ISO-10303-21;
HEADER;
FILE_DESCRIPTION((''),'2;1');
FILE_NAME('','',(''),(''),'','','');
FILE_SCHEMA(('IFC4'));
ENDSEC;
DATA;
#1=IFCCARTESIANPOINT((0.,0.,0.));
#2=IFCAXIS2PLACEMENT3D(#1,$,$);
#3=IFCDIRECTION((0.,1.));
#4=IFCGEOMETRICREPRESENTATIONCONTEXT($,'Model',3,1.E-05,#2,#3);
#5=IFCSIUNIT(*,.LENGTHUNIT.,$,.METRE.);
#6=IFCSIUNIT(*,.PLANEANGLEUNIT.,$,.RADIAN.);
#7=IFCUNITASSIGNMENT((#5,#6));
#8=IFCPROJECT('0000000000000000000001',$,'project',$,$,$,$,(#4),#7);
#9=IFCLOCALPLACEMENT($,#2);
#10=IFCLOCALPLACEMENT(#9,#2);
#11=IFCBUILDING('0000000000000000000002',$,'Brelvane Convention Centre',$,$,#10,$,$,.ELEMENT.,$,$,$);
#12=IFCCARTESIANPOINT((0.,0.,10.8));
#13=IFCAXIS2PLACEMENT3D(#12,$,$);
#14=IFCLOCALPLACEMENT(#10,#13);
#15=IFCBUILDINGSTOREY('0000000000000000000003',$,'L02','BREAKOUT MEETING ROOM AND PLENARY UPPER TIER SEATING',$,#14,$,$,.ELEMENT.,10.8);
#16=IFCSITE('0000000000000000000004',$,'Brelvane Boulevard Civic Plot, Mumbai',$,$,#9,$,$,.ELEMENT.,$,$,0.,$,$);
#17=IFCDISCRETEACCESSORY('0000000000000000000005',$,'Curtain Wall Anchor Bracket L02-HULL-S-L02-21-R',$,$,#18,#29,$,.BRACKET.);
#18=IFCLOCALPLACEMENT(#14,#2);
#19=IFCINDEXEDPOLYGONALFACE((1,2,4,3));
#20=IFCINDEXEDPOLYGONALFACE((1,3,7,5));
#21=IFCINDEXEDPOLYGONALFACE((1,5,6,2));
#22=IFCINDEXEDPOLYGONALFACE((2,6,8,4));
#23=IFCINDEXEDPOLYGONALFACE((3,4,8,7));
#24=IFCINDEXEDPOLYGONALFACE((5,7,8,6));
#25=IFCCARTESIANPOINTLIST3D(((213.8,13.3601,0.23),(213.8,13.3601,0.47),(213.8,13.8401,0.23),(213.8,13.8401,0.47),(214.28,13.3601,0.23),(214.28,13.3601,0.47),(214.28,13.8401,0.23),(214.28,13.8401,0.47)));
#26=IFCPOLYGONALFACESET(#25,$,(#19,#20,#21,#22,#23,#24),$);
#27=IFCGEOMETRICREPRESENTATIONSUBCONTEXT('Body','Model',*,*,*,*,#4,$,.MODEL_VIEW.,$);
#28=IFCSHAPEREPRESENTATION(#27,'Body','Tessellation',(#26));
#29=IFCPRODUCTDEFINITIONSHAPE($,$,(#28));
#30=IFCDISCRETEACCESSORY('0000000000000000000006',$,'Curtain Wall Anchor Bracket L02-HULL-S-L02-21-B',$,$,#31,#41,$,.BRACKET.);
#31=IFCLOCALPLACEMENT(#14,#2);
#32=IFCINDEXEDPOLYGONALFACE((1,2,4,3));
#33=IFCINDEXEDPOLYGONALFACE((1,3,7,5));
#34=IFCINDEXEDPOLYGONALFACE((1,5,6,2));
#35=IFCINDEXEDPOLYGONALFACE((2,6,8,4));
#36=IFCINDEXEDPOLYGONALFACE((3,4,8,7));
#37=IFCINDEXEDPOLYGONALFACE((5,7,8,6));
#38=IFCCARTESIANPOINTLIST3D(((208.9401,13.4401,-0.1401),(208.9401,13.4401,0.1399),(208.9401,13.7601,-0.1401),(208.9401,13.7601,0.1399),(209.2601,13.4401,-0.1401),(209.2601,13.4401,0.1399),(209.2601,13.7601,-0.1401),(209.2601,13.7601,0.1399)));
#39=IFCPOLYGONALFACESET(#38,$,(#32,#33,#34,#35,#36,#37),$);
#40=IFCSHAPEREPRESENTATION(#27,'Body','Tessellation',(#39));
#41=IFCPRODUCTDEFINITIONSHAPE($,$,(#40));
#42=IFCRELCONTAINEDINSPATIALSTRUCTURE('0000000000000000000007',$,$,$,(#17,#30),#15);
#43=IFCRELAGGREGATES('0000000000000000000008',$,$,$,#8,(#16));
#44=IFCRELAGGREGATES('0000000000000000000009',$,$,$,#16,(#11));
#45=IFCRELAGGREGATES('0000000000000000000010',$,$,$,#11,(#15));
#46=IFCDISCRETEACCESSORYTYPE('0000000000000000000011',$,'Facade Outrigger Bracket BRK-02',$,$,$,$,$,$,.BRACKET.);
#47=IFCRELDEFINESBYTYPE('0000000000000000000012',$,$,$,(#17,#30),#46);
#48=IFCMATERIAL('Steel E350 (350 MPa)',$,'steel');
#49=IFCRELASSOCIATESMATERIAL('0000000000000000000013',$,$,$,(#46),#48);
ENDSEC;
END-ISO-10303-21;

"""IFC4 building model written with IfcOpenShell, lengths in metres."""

from ifc_helpers import new_model, si_unit, direction, frame, origin, origin_2d, place, context, subcontext, project, spatial, rectangle, extrude, material, type_object, element, save


model = new_model("IFC4")

# Units and contexts
model_context = context("Model", 3, precision=1e-05, world=origin(), true_north=direction((0.0, 1.0)))
body_context = subcontext(model_context, "Body", "Model", "MODEL_VIEW")
ifc_project = project(units=[si_unit("LENGTHUNIT", "METRE"), si_unit("PLANEANGLEUNIT", "RADIAN")], contexts=[model_context])

# Site, building, storey
site_placement = place(None, origin())
site = spatial("IfcSite", under=ifc_project, at=site_placement, Name="Brelvane Boulevard Civic Plot, Mumbai", CompositionType="ELEMENT", RefElevation=0.0)
building_placement = place(site_placement, origin())
building = spatial("IfcBuilding", under=site, at=building_placement, Name="Brelvane Convention Centre", CompositionType="ELEMENT")
storey_placement = place(building_placement, frame((0.0, 0.0, 10.8)))
storey = spatial("IfcBuildingStorey", under=building, at=storey_placement, Name="L02", Description="BREAKOUT MEETING ROOM AND PLENARY UPPER TIER SEATING", CompositionType="ELEMENT", Elevation=10.8)

# Discrete accessories
ifc_material_1 = material(Name="Steel E350 (350 MPa)", Category="steel")
discrete_accessory_type = type_object("IfcDiscreteAccessoryType", Name="Facade Outrigger Bracket BRK-02", PredefinedType="BRACKET", material=ifc_material_1)
discrete_accessory_1_placement = place(storey_placement, frame((214.04, 13.6001, 0.23), z_axis=(0.0, 0.0, 1.0), x_axis=(1.0, 0.0, 0.0)))
element("IfcDiscreteAccessory", 1, at=discrete_accessory_1_placement, inside=storey, type_object=discrete_accessory_type, Name="Curtain Wall Anchor Bracket L02-HULL-S-L02-21-R", PredefinedType="BRACKET", context=body_context, shape_type="SweptSolid", body=[
    extrude(rectangle(XDim=0.48, YDim=0.48, at=origin_2d()), origin(), (0.0, 0.0, 1.0), 0.24),
])
discrete_accessory_2_placement = place(storey_placement, frame((209.1001, 13.6001, -0.1401), z_axis=(0.0, 0.0, 1.0), x_axis=(1.0, 0.0, 0.0)))
element("IfcDiscreteAccessory", 2, at=discrete_accessory_2_placement, inside=storey, type_object=discrete_accessory_type, Name="Curtain Wall Anchor Bracket L02-HULL-S-L02-21-B", PredefinedType="BRACKET", context=body_context, shape_type="SweptSolid", body=[
    extrude(rectangle(XDim=0.3201, YDim=0.3201, at=origin_2d()), origin(), (0.0, 0.0, 1.0), 0.28),
])

save(model, "model.ifc")
